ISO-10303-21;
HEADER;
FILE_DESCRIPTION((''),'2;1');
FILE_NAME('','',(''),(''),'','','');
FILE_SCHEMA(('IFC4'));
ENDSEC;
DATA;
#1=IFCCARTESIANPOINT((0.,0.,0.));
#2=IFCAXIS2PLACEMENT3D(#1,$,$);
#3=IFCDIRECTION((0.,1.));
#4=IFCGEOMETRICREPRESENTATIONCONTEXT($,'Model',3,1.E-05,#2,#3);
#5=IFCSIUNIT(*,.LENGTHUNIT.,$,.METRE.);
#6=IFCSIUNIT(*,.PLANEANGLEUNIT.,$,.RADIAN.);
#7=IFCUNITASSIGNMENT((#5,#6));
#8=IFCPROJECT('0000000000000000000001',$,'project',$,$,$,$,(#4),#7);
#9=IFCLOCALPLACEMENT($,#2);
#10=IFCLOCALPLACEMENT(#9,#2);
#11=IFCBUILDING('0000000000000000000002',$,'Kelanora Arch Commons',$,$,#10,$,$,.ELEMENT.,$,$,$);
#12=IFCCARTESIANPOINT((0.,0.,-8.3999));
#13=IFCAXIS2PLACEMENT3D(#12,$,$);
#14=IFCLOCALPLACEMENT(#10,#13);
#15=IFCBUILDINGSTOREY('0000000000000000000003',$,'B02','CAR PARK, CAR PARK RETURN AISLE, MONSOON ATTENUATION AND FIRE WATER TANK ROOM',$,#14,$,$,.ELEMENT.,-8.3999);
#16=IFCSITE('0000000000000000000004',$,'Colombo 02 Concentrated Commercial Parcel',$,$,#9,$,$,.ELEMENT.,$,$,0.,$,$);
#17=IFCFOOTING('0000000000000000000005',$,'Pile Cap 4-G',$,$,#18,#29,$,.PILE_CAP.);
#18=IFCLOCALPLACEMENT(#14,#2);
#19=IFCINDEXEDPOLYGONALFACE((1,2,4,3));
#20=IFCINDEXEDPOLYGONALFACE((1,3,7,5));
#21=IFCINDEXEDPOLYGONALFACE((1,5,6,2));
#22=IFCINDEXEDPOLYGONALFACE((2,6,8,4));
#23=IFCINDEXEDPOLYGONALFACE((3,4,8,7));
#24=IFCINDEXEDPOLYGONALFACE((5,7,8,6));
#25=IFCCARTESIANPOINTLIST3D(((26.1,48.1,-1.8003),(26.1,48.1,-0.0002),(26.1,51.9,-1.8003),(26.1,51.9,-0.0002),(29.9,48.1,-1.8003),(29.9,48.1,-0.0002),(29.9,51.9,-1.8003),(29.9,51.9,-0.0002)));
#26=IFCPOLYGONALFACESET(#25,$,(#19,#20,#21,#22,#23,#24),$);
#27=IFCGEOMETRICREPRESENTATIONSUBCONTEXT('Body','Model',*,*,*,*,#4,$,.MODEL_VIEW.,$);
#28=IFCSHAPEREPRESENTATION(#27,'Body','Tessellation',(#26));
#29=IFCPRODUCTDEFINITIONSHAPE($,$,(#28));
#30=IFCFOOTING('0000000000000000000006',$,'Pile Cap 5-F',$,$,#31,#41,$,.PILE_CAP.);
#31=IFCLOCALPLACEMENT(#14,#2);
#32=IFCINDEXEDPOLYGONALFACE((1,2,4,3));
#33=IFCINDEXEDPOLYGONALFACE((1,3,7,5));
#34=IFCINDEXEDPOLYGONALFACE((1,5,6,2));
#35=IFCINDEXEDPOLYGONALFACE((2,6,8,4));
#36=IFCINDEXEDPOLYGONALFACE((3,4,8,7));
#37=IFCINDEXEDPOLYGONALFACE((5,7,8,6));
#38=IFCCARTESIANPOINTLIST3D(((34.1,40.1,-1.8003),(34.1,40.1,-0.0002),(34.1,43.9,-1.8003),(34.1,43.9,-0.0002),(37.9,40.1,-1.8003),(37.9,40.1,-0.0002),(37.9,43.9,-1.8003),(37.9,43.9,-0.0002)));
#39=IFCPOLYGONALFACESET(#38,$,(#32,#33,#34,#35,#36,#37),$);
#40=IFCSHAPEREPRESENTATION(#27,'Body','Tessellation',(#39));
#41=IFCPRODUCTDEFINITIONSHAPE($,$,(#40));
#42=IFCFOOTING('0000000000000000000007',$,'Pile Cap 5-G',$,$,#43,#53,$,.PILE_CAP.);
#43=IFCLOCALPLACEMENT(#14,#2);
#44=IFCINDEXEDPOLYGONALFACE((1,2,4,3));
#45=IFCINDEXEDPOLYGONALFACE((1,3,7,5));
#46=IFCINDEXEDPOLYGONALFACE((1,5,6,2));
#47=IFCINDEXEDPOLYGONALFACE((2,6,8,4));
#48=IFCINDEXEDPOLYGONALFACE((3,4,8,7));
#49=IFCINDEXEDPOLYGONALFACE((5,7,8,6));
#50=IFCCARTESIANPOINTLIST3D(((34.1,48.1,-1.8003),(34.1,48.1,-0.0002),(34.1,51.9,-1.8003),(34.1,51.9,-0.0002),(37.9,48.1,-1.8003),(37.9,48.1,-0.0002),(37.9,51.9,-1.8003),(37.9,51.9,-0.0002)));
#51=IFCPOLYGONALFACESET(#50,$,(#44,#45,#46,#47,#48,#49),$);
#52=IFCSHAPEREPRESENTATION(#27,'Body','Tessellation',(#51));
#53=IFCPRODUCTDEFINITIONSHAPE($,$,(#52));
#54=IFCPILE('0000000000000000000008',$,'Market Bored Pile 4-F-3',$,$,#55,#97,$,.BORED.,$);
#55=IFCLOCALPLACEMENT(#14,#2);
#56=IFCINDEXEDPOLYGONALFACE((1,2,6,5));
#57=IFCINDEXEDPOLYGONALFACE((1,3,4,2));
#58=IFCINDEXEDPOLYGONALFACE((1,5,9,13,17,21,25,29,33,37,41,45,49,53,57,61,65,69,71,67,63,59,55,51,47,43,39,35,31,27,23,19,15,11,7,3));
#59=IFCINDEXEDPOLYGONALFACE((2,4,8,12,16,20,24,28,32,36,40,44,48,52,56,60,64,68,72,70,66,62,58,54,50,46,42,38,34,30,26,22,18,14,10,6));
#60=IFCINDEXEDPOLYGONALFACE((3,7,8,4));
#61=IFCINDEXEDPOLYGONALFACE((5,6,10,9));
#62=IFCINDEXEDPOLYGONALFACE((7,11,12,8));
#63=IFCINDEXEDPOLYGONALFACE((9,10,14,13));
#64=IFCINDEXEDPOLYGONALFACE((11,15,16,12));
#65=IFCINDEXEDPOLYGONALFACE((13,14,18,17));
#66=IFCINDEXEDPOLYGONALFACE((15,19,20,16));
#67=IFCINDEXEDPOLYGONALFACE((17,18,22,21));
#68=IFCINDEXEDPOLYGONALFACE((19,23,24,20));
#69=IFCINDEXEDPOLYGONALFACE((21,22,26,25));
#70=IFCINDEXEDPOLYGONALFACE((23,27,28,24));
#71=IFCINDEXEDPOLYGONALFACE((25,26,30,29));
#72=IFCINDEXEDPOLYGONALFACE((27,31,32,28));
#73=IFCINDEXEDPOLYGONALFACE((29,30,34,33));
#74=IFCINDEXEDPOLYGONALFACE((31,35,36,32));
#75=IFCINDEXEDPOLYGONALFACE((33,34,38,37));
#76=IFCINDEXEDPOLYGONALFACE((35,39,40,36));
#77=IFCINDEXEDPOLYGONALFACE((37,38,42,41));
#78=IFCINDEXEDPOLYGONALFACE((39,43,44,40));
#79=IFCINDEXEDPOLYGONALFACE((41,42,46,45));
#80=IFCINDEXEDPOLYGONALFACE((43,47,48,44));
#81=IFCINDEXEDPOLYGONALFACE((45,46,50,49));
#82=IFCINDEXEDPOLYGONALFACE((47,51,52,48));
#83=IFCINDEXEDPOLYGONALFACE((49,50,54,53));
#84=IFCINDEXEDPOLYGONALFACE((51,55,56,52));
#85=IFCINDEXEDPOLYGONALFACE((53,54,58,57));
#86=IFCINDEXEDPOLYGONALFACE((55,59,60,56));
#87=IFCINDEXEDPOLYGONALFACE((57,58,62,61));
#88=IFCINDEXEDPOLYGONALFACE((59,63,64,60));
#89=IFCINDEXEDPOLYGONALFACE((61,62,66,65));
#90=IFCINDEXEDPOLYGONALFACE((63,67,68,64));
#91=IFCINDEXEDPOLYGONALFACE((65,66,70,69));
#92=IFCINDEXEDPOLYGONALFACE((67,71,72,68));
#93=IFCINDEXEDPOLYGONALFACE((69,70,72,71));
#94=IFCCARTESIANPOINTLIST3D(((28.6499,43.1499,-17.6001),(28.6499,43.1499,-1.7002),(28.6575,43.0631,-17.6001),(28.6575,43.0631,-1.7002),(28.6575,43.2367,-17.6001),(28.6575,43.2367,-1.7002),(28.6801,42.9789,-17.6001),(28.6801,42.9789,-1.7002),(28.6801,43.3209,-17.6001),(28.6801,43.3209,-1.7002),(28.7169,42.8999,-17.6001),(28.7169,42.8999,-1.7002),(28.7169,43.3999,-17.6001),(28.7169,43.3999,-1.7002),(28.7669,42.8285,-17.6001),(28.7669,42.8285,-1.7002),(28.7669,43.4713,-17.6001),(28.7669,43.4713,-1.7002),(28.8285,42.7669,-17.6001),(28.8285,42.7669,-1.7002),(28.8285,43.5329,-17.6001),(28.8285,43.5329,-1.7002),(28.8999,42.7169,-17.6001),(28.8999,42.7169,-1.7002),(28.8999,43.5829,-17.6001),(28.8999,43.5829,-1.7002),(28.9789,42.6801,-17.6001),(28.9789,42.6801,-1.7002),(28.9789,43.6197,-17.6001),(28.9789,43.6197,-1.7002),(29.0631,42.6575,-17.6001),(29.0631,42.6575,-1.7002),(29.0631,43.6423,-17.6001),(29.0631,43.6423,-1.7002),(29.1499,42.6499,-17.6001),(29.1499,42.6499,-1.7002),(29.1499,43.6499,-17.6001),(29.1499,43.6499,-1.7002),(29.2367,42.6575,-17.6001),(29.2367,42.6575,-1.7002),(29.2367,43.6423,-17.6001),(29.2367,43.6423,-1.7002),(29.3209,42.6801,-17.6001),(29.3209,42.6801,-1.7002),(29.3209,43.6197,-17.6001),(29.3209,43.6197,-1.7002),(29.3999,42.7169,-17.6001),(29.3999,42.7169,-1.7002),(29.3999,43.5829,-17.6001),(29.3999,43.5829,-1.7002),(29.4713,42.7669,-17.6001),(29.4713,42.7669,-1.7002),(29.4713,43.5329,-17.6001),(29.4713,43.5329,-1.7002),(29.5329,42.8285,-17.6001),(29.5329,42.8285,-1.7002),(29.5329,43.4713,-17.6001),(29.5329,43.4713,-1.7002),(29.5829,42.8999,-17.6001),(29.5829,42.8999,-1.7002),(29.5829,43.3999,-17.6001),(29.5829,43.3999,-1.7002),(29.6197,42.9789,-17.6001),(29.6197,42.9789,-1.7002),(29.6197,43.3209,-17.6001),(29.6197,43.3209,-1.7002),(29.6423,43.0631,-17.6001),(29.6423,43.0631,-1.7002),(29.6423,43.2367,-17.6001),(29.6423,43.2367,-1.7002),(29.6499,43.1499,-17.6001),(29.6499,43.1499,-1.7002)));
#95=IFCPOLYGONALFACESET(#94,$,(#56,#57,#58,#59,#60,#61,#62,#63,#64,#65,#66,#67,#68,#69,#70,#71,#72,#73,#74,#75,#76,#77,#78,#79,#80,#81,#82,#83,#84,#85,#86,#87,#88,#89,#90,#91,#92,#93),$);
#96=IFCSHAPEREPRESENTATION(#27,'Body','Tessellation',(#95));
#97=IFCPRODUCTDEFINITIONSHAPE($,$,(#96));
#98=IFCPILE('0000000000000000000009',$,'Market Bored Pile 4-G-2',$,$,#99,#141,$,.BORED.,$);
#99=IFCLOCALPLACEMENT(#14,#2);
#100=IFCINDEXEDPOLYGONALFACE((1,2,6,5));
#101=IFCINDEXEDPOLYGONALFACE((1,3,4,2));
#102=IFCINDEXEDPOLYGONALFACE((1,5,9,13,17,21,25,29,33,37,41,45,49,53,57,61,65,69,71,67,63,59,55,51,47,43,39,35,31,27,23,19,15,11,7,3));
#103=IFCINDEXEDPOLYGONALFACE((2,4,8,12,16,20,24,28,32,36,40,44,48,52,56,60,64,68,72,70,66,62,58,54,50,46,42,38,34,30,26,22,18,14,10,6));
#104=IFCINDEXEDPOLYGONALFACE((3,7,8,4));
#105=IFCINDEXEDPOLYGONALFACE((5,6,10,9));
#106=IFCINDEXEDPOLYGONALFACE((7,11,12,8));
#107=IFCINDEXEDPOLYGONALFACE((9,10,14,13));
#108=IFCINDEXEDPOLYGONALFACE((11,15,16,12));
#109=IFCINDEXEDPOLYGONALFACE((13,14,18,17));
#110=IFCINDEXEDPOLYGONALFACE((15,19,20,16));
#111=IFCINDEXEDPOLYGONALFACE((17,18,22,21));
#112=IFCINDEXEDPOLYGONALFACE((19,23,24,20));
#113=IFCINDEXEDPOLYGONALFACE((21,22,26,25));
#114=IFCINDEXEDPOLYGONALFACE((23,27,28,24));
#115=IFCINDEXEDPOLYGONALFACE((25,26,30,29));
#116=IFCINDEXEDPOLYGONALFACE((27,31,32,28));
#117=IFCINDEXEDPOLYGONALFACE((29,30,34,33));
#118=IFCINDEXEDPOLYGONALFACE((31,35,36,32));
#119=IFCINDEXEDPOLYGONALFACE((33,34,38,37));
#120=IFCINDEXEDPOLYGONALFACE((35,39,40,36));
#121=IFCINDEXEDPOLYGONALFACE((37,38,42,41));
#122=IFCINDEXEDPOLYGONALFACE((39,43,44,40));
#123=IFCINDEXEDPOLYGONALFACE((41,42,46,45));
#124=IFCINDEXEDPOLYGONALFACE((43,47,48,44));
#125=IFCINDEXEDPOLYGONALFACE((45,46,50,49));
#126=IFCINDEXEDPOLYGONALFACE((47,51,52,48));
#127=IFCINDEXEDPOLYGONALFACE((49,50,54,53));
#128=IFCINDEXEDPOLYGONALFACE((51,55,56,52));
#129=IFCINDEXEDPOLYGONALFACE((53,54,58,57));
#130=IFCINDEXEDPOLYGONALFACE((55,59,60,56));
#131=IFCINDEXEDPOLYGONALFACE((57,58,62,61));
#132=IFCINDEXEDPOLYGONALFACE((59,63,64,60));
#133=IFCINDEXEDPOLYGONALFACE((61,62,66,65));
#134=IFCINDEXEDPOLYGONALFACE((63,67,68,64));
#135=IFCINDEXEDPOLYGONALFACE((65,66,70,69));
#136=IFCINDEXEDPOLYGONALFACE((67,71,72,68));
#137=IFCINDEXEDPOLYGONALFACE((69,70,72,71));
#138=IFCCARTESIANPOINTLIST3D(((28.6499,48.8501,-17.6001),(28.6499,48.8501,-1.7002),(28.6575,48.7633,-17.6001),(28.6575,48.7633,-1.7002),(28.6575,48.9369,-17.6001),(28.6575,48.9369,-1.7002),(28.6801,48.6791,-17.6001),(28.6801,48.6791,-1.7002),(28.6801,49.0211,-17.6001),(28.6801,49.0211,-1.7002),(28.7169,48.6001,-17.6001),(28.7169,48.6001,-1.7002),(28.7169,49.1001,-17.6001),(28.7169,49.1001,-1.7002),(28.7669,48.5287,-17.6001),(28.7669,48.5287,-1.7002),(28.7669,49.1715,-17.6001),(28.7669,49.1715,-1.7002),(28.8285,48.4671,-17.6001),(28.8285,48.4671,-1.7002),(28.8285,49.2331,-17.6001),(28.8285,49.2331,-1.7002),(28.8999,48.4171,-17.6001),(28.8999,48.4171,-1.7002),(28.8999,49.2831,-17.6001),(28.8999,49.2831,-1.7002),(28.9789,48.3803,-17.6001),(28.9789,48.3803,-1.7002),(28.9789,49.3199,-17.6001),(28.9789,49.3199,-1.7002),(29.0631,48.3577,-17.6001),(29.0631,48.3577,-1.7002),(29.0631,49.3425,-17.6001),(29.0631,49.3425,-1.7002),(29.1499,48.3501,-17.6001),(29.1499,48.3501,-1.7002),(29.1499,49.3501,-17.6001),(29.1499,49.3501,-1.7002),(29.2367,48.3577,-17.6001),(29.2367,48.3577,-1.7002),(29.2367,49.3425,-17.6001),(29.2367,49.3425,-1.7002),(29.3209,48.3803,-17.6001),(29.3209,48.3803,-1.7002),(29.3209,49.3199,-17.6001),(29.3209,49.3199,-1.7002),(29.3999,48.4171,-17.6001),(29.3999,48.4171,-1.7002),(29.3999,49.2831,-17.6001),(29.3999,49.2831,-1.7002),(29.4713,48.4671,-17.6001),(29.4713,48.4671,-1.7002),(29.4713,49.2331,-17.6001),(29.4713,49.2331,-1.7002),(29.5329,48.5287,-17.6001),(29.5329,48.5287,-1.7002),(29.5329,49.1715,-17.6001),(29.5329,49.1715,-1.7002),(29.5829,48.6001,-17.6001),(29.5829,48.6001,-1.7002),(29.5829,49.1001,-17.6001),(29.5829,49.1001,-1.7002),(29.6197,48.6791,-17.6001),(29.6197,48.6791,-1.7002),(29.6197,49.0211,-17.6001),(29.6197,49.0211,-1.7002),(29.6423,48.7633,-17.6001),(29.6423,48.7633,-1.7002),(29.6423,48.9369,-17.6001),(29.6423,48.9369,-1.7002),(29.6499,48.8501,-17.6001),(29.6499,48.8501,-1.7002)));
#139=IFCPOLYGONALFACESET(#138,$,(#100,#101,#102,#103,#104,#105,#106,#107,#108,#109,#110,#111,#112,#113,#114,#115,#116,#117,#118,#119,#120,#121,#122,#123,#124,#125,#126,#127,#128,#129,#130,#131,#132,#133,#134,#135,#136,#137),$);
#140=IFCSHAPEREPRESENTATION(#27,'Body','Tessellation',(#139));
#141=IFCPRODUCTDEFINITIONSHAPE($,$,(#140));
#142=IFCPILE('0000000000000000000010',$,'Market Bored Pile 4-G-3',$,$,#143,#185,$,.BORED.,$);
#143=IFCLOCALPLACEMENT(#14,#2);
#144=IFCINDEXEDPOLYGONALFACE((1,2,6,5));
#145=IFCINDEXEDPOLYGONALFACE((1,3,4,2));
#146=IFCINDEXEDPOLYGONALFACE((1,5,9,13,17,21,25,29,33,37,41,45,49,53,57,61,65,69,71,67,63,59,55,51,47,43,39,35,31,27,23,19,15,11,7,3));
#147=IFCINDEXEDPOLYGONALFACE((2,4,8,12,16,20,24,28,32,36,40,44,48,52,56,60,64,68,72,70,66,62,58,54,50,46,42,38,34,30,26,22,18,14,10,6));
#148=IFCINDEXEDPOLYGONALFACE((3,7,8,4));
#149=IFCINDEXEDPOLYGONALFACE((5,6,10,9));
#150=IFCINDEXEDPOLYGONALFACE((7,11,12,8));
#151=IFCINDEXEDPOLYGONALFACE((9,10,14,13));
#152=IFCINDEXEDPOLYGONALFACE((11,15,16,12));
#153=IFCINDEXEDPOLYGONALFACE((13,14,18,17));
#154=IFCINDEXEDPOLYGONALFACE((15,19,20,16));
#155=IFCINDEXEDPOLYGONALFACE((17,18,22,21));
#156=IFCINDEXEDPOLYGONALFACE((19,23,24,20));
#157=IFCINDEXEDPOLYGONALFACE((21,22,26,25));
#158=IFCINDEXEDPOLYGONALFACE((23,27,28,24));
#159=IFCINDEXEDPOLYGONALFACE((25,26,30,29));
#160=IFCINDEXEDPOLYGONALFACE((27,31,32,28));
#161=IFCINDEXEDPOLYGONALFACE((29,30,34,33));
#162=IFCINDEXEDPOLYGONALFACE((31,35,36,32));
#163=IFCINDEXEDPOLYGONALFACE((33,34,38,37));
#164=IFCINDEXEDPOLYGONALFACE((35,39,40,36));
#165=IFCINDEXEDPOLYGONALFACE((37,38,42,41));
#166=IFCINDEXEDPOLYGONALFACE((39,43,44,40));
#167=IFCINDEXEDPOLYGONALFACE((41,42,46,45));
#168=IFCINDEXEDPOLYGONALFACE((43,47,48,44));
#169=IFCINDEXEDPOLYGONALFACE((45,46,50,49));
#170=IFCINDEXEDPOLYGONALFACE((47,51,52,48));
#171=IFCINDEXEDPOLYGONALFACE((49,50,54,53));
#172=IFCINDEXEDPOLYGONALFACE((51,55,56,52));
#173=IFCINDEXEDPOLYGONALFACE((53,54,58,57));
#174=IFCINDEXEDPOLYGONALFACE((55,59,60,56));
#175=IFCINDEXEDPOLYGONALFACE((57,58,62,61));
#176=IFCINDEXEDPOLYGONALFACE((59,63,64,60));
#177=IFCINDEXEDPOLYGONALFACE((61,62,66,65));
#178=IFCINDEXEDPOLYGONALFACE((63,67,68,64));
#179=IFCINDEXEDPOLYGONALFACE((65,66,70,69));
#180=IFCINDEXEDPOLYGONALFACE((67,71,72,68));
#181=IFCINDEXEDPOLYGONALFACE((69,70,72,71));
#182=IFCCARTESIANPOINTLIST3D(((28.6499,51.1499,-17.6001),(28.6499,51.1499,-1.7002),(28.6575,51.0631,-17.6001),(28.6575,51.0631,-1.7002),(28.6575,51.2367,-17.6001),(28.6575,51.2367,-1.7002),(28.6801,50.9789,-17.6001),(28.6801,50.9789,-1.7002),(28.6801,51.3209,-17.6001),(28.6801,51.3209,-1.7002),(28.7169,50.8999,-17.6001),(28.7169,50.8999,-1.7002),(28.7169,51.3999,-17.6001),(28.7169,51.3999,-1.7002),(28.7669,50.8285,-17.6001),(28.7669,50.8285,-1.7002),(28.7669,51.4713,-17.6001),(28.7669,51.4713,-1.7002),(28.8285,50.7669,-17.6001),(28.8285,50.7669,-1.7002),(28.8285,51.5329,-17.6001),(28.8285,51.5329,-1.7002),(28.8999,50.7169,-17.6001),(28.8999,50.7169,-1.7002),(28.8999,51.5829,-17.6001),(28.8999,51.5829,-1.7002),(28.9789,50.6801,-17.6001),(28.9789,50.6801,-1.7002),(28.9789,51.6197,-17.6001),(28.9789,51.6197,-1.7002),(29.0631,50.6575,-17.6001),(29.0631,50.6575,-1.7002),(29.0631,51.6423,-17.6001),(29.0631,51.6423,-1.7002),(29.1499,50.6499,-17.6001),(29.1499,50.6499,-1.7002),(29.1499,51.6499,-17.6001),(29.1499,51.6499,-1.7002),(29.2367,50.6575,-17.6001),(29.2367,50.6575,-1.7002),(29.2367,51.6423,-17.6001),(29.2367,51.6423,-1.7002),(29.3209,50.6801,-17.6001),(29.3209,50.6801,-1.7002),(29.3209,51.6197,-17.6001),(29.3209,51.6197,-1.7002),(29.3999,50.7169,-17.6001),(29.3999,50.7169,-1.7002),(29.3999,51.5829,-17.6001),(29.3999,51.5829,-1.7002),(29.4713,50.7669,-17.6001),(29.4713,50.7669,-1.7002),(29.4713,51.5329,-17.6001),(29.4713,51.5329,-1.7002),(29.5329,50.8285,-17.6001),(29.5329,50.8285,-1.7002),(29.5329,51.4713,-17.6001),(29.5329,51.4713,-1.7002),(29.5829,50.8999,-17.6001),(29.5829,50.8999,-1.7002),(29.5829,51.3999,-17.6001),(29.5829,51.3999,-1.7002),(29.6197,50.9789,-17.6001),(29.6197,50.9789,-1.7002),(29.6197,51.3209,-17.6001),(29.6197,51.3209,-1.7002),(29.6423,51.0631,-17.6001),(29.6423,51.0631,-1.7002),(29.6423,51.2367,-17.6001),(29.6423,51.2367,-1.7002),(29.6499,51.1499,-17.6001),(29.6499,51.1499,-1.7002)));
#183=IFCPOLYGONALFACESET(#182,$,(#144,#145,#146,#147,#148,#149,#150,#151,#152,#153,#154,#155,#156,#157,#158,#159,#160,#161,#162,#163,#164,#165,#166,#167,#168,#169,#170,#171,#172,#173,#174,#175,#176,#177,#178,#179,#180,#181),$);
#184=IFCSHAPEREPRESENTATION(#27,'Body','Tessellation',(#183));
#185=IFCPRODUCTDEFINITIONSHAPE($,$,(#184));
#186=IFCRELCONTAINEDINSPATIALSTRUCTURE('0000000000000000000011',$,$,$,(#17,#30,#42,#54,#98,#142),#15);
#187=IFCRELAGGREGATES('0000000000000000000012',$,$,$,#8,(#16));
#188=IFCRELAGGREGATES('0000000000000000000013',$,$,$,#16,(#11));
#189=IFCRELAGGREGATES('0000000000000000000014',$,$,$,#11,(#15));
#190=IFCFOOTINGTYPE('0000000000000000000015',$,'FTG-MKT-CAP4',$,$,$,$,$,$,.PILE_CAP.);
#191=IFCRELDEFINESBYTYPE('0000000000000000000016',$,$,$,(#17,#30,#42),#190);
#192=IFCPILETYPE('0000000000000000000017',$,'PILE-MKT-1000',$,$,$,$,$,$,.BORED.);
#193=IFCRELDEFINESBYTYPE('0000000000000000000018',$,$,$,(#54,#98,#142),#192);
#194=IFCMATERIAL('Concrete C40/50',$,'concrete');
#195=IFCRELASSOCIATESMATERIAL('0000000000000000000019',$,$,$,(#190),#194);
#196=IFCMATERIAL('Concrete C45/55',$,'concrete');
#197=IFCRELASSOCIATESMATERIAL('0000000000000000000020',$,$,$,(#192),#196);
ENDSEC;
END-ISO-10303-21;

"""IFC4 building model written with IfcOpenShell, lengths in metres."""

from ifc_helpers import new_model, si_unit, direction, frame, origin, origin_2d, place, context, subcontext, project, spatial, rectangle, circle, extrude, source, transform, mapped, material, material_profile, profile_set, type_object, element, save


model = new_model("IFC4")

# Units and contexts
model_context = context("Model", 3, precision=1e-05, world=origin(), true_north=direction((0.0, 1.0)))
body_context = subcontext(model_context, "Body", "Model", "MODEL_VIEW")
ifc_project = project(units=[si_unit("LENGTHUNIT", "METRE"), si_unit("PLANEANGLEUNIT", "RADIAN")], contexts=[model_context])

# Site, building, storey
site_placement = place(None, origin())
site = spatial("IfcSite", under=ifc_project, at=site_placement, Name="Colombo 02 Concentrated Commercial Parcel", CompositionType="ELEMENT", RefElevation=0.0)
building_placement = place(site_placement, origin())
building = spatial("IfcBuilding", under=site, at=building_placement, Name="Kelanora Arch Commons", CompositionType="ELEMENT")
storey_placement = place(building_placement, frame((0.0, 0.0, -8.3999)))
storey = spatial("IfcBuildingStorey", under=building, at=storey_placement, Name="B02", Description="CAR PARK, CAR PARK RETURN AISLE, MONSOON ATTENUATION AND FIRE WATER TANK ROOM", CompositionType="ELEMENT", Elevation=-8.3999)

# Footings
ifc_material_1 = material(Name="Concrete C40/50", Category="concrete")
footing_type_1 = type_object("IfcFootingType", Name="FTG-MKT-CAP4", PredefinedType="PILE_CAP", material=ifc_material_1)
shared_shape_1 = source(origin(), body_context, "Body", "SweptSolid", [
    extrude(rectangle(XDim=3.8, YDim=3.8, at=origin_2d()), origin(), (0.0, 0.0, 1.0), 1.8),
])
for number, where, z_axis, x_axis, name in (
    (1, (28.0, 50.0, -1.8003), (0.0, 0.0, 1.0), (1.0, 0.0, 0.0), "Pile Cap 4-G"),
    (2, (36.0, 42.0, -1.8003), (0.0, 0.0, 1.0), (1.0, 0.0, 0.0), "Pile Cap 5-F"),
    (3, (36.0, 50.0, -1.8003), (0.0, 0.0, 1.0), (1.0, 0.0, 0.0), "Pile Cap 5-G"),
):
    element("IfcFooting", number, at=place(storey_placement, frame(where, z_axis=z_axis, x_axis=x_axis)), inside=storey, type_object=footing_type_1, Name=name, PredefinedType="PILE_CAP", context=body_context, shape_type="MappedRepresentation", body=[
        mapped(shared_shape_1, transform((0.0, 0.0, 0.0), scale=1.0)),
    ])

# Piles
ifc_material_2 = material(Name="Concrete C45/55", Category="concrete")
ifc_material_profile_1 = material_profile(ifc_material_2, circle(Radius=0.5, at=origin_2d()), Name="PILE1000")
ifc_profile_set_1 = profile_set([ifc_material_profile_1], Name="Concrete C45/55")
pile_type = type_object("IfcPileType", Name="PILE-MKT-1000", PredefinedType="BORED", material=ifc_profile_set_1)
shared_shape_2 = source(origin(), body_context, "Body", "SweptSolid", [
    extrude(circle(Radius=0.5, at=origin_2d()), origin(), (0.0, 0.0, 1.0), 15.8999),
])
for number, where, z_axis, x_axis, name in (
    (4, (29.1499, 43.1499, -1.7002), (0.0, 0.0, -1.0), (1.0, 0.0, 0.0), "Market Bored Pile 4-F-3"),
    (5, (29.1499, 48.8501, -1.7002), (0.0, 0.0, -1.0), (1.0, 0.0, 0.0), "Market Bored Pile 4-G-2"),
    (6, (29.1499, 51.1499, -1.7002), (0.0, 0.0, -1.0), (1.0, 0.0, 0.0), "Market Bored Pile 4-G-3"),
):
    element("IfcPile", number, at=place(storey_placement, frame(where, z_axis=z_axis, x_axis=x_axis)), inside=storey, type_object=pile_type, Name=name, PredefinedType="BORED", context=body_context, shape_type="MappedRepresentation", body=[
        mapped(shared_shape_2, transform((0.0, 0.0, 0.0), scale=1.0)),
    ])

save(model, "model.ifc")
